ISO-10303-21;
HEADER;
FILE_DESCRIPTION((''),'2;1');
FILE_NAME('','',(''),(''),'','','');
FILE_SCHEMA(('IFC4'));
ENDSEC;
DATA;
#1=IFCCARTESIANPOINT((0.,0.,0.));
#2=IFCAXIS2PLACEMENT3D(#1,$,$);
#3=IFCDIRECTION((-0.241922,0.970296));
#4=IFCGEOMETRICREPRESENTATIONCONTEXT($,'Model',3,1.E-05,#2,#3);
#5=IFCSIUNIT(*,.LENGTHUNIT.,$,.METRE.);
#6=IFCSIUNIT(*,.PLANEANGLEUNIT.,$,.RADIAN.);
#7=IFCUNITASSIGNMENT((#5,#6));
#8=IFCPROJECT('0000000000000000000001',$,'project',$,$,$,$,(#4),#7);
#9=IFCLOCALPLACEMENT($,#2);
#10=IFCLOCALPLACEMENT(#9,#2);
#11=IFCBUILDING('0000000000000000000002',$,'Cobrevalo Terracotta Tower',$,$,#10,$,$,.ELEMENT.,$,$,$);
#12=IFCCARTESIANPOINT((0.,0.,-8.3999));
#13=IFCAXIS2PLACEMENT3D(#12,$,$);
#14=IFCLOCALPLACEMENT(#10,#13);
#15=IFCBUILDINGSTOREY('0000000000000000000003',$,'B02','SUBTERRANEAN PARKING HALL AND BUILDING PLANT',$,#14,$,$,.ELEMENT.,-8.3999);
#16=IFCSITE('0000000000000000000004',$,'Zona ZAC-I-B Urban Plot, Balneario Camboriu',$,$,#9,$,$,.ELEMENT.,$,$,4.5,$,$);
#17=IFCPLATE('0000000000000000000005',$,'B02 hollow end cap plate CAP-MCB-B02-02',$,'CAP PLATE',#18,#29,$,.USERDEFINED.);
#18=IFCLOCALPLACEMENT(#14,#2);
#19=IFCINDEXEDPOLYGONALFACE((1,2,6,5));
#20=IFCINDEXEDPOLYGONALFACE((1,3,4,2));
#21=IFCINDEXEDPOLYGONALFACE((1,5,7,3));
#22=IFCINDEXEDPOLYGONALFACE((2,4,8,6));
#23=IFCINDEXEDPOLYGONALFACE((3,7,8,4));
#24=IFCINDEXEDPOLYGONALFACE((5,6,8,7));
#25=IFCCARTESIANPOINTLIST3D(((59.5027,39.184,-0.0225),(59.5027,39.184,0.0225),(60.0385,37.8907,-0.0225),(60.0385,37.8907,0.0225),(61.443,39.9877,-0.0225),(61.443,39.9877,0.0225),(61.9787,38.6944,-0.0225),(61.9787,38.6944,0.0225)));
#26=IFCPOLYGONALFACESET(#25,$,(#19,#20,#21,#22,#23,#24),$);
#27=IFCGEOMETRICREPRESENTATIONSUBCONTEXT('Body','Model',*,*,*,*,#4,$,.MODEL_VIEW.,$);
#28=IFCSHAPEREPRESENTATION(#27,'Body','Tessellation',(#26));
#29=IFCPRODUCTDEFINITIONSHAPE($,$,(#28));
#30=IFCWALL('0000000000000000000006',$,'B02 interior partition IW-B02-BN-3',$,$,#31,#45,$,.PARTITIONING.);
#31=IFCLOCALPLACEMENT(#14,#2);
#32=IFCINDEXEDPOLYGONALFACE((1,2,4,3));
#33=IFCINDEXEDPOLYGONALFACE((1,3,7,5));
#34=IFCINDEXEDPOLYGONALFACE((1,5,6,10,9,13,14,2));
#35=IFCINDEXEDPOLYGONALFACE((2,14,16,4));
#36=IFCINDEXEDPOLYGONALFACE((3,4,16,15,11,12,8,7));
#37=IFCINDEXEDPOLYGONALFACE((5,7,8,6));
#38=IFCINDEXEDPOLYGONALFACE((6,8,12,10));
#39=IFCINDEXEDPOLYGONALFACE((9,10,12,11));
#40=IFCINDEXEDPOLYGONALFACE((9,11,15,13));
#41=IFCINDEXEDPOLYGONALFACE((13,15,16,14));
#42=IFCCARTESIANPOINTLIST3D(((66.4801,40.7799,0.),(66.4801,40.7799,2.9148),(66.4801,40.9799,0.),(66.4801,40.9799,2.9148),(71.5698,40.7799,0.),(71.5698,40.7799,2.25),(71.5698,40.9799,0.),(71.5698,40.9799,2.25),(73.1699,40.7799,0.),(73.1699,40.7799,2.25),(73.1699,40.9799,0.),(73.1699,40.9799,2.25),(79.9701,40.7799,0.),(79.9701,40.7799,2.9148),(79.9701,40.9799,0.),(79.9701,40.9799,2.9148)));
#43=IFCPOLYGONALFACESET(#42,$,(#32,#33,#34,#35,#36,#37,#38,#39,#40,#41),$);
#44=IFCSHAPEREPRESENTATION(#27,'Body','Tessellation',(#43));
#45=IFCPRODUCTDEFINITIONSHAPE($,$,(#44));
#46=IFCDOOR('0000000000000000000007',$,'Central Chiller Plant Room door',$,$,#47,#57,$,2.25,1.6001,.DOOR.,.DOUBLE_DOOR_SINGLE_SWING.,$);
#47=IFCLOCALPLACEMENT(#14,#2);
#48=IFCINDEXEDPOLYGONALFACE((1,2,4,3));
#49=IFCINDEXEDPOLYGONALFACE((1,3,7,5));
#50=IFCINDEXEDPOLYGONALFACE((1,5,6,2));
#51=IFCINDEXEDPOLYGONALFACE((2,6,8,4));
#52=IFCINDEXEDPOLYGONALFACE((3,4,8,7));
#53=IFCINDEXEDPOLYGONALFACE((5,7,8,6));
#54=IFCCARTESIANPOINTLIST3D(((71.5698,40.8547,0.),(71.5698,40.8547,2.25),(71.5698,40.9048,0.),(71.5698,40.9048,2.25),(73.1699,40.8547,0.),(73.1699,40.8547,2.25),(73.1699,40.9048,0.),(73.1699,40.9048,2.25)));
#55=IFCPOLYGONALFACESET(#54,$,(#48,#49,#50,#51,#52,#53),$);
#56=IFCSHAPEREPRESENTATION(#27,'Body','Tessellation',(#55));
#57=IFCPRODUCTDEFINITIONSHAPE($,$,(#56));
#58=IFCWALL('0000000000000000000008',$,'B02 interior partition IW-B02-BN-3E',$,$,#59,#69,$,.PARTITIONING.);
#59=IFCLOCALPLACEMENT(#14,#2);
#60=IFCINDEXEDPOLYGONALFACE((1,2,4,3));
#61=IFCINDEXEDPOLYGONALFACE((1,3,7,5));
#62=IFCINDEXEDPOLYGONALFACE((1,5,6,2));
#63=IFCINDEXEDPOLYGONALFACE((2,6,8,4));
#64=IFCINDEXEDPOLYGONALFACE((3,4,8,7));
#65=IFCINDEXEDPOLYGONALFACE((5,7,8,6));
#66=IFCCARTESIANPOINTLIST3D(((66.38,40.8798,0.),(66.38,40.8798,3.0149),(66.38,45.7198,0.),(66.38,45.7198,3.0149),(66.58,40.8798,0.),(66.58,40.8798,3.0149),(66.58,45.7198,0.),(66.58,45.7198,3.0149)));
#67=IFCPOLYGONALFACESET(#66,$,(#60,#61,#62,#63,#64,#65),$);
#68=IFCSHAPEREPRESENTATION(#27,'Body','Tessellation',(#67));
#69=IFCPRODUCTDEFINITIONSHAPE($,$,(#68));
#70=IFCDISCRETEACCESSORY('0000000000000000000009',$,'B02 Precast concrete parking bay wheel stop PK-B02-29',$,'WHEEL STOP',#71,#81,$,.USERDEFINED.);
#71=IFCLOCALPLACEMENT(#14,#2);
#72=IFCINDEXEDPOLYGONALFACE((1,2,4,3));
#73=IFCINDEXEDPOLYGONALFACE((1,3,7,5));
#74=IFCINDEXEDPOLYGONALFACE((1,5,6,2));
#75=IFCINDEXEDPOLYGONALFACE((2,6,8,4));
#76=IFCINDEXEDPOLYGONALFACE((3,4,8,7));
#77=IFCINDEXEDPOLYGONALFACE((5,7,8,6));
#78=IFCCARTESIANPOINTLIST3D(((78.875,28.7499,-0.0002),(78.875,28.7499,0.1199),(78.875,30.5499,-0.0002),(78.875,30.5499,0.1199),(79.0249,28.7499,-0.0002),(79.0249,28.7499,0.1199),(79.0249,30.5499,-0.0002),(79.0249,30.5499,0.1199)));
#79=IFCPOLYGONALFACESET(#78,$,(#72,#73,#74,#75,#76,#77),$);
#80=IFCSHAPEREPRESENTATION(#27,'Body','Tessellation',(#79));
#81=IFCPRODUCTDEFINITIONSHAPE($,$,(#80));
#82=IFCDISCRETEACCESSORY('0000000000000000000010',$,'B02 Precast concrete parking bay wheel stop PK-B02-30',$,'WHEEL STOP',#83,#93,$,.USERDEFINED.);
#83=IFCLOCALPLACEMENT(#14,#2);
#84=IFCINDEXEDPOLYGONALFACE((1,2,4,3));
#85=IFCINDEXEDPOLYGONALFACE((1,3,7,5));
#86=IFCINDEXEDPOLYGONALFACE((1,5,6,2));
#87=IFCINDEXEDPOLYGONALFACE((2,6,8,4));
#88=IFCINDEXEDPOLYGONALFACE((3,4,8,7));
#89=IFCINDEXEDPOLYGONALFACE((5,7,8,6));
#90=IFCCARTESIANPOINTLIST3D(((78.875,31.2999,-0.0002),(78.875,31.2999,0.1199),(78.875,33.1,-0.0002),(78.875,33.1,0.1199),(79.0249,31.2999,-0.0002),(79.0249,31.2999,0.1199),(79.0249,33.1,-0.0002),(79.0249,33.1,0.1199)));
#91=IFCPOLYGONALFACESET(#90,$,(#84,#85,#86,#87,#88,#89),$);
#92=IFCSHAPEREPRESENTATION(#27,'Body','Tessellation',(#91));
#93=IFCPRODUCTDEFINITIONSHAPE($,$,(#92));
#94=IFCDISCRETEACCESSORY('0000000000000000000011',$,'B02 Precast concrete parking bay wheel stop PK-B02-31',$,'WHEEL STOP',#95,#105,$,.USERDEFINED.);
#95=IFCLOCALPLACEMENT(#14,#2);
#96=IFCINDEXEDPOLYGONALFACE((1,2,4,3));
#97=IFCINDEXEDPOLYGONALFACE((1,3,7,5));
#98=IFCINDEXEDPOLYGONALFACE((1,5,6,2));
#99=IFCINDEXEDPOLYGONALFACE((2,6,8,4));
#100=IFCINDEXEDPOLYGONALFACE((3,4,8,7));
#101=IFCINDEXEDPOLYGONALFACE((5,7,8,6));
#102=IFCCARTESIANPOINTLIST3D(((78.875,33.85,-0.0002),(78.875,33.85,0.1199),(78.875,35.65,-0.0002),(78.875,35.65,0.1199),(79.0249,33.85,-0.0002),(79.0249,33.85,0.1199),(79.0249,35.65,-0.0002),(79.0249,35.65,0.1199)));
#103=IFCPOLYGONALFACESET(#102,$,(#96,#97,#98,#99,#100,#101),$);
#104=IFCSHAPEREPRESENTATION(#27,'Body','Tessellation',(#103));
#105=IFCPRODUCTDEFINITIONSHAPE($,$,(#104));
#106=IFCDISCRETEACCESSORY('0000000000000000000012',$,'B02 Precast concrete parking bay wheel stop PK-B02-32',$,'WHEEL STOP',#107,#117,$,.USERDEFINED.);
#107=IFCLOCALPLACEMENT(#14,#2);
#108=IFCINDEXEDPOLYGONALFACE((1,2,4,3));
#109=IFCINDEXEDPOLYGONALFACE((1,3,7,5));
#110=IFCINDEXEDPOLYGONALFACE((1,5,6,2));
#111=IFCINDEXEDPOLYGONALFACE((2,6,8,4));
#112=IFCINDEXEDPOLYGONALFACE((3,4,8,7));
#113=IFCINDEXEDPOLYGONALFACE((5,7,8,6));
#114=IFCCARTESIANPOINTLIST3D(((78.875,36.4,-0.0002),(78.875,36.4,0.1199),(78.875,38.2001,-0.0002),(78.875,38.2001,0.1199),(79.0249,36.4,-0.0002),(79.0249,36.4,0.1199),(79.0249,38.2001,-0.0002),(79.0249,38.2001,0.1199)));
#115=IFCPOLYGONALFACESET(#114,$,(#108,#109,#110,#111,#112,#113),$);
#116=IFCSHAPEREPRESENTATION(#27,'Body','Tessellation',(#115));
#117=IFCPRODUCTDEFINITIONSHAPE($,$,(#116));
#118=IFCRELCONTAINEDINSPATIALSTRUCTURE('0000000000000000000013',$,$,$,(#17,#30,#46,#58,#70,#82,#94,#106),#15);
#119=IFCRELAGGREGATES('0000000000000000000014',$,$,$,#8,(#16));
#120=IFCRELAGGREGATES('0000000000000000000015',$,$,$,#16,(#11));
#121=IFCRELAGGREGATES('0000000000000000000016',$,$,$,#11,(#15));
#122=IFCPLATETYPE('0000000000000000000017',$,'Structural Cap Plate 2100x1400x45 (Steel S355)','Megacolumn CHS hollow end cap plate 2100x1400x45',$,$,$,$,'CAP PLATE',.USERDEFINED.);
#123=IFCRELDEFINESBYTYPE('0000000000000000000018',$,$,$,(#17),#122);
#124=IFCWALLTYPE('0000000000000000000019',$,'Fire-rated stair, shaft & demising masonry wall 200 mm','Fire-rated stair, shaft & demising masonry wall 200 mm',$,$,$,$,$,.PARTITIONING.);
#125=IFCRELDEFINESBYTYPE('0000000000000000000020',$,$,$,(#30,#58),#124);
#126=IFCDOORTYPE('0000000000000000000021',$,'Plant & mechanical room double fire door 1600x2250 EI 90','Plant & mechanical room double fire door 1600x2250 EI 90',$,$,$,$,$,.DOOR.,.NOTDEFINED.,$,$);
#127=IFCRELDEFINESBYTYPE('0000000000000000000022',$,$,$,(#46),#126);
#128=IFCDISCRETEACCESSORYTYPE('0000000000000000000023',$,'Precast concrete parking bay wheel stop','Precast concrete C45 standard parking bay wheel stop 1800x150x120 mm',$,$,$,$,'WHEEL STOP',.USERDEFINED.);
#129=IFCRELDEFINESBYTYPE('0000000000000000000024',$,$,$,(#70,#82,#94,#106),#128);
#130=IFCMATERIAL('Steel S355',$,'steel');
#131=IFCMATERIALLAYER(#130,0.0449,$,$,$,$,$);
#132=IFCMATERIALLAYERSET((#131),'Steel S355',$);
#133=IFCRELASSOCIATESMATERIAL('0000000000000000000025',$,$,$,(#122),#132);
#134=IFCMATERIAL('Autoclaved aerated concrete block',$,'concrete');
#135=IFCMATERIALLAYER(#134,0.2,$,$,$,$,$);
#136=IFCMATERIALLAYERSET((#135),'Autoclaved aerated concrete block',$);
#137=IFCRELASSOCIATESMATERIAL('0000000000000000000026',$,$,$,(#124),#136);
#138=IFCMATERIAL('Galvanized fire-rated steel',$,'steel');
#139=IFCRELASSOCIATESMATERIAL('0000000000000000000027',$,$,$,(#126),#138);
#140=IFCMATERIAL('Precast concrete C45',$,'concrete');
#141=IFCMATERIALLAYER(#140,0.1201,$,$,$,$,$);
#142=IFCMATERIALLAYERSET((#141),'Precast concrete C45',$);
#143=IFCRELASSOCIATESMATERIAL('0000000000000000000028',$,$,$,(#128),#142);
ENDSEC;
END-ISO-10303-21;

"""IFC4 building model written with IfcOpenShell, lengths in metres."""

from ifc_helpers import new_model, si_unit, direction, frame, frame_2d, origin, origin_2d, place, context, subcontext, project, spatial, rectangle, extrude, source, transform, mapped, material, layer, layer_set, type_object, element, fill, save


model = new_model("IFC4")

# Units and contexts
model_context = context("Model", 3, precision=1e-05, world=origin(), true_north=direction((-0.241922, 0.970296)))
body_context = subcontext(model_context, "Body", "Model", "MODEL_VIEW")
ifc_project = project(units=[si_unit("LENGTHUNIT", "METRE"), si_unit("PLANEANGLEUNIT", "RADIAN")], contexts=[model_context])

# Site, building, storey
site_placement = place(None, origin())
site = spatial("IfcSite", under=ifc_project, at=site_placement, Name="Zona ZAC-I-B Urban Plot, Balneario Camboriu", CompositionType="ELEMENT", RefElevation=4.5)
building_placement = place(site_placement, origin())
building = spatial("IfcBuilding", under=site, at=building_placement, Name="Cobrevalo Terracotta Tower", CompositionType="ELEMENT")
storey_placement = place(building_placement, frame((0.0, 0.0, -8.3999)))
storey = spatial("IfcBuildingStorey", under=building, at=storey_placement, Name="B02", Description="SUBTERRANEAN PARKING HALL AND BUILDING PLANT", CompositionType="ELEMENT", Elevation=-8.3999)

# Shared definitions
ifc_material_1 = material(Name="Steel S355", Category="steel")

# Plate
ifc_layer_1 = layer(ifc_material_1, 0.0449)
ifc_layer_set_1 = layer_set([ifc_layer_1], Name="Steel S355")
plate_type = type_object("IfcPlateType", Name="Structural Cap Plate 2100x1400x45 (Steel S355)", Description="Megacolumn CHS hollow end cap plate 2100x1400x45", ElementType="CAP PLATE", PredefinedType="USERDEFINED", material=ifc_layer_set_1)
shared_shape_1 = source(origin(), body_context, "Body", "SweptSolid", [
    extrude(rectangle(XDim=2.1001, YDim=1.3999, at=origin_2d()), origin(), (0.0, 0.0, 1.0), 0.0449),
])
for number, where, z_axis, x_axis, name in (
    (1, (60.7407, 38.9392, -0.0225), (0.0, 0.0, 1.0), (0.92388, 0.382683, 0.0), "B02 hollow end cap plate CAP-MCB-B02-02"),
):
    element("IfcPlate", number, at=place(storey_placement, frame(where, z_axis=z_axis, x_axis=x_axis)), inside=storey, type_object=plate_type, Name=name, ObjectType="CAP PLATE", PredefinedType="USERDEFINED", context=body_context, shape_type="MappedRepresentation", body=[
        mapped(shared_shape_1, transform((0.0, 0.0, 0.0), scale=1.0)),
    ])

# Wall, opening, door
ifc_material_2 = material(Name="Autoclaved aerated concrete block", Category="concrete")
ifc_layer_2 = layer(ifc_material_2, 0.2)
ifc_layer_set_2 = layer_set([ifc_layer_2], Name="Autoclaved aerated concrete block")
wall_type = type_object("IfcWallType", Name="Fire-rated stair, shaft & demising masonry wall 200 mm", Description="Fire-rated stair, shaft & demising masonry wall 200 mm", PredefinedType="PARTITIONING", material=ifc_layer_set_2)
wall_1_placement = place(storey_placement, frame((66.48, 40.8799, 0.0), z_axis=(0.0, 0.0, 1.0), x_axis=(1.0, 0.0, 0.0)))
wall_1 = element("IfcWall", 2, at=wall_1_placement, inside=storey, type_object=wall_type, Name="B02 interior partition IW-B02-BN-3", PredefinedType="PARTITIONING", context=body_context, shape_type="SweptSolid", body=[
    extrude(rectangle(XDim=13.49, YDim=0.2, at=frame_2d((6.7451, 0.0))), origin(), (0.0, 0.0, 1.0), 2.9148),
])
opening_placement = place(wall_1_placement, frame((5.0898, 0.0, 0.0)))
opening = element("IfcOpeningElement", 3, at=opening_placement, cuts=wall_1, PredefinedType="OPENING", context=body_context, shape_type="SweptSolid", body=[
    extrude(rectangle(XDim=1.6001, YDim=2.25, at=frame_2d((0.8, 1.125))), frame((0.0, 0.1099, 0.0), z_axis=(0.0, -1.0, 0.0), x_axis=(1.0, 0.0, 0.0)), (0.0, 0.0, 1.0), 0.22),
])
ifc_material_3 = material(Name="Galvanized fire-rated steel", Category="steel")
door_type = type_object("IfcDoorType", Name="Plant & mechanical room double fire door 1600x2250 EI 90", Description="Plant & mechanical room double fire door 1600x2250 EI 90", OperationType="NOTDEFINED", PredefinedType="DOOR", material=ifc_material_3)
shared_shape_2 = source(origin(), body_context, "Body", "SweptSolid", [
    extrude(rectangle(XDim=1.6001, YDim=2.25, at=frame_2d((0.8, 1.125))), frame((0.0, 0.0249, 0.0), z_axis=(0.0, -1.0, 0.0), x_axis=(1.0, 0.0, 0.0)), (0.0, 0.0, 1.0), 0.05),
])
door_placement = place(opening_placement, origin())
door = element("IfcDoor", 4, at=door_placement, inside=storey, type_object=door_type, Name="Central Chiller Plant Room door", OperationType="DOUBLE_DOOR_SINGLE_SWING", OverallHeight=2.25, OverallWidth=1.6001, PredefinedType="DOOR", context=body_context, shape_type="MappedRepresentation", body=[
    mapped(shared_shape_2, transform((0.0, 0.0, 0.0), scale=1.0)),
])
fill(opening, door)

# Wall
wall_2_placement = place(storey_placement, frame((66.48, 40.8799, 0.0), z_axis=(0.0, 0.0, 1.0), x_axis=(0.0, 1.0, 0.0)))
element("IfcWall", 5, at=wall_2_placement, inside=storey, type_object=wall_type, Name="B02 interior partition IW-B02-BN-3E", PredefinedType="PARTITIONING", context=body_context, shape_type="SweptSolid", body=[
    extrude(rectangle(XDim=4.8401, YDim=0.2, at=frame_2d((2.4199, 0.0))), origin(), (0.0, 0.0, 1.0), 3.0149),
])

# Discrete accessories
ifc_material_4 = material(Name="Precast concrete C45", Category="concrete")
ifc_layer_3 = layer(ifc_material_4, 0.1201)
ifc_layer_set_3 = layer_set([ifc_layer_3], Name="Precast concrete C45")
discrete_accessory_type = type_object("IfcDiscreteAccessoryType", Name="Precast concrete parking bay wheel stop", Description="Precast concrete C45 standard parking bay wheel stop 1800x150x120 mm", ElementType="WHEEL STOP", PredefinedType="USERDEFINED", material=ifc_layer_set_3)
shared_shape_3 = source(origin(), body_context, "Body", "SweptSolid", [
    extrude(rectangle(XDim=1.8, YDim=0.1499, at=origin_2d()), origin(), (0.0, 0.0, 1.0), 0.1201),
])
for number, where, z_axis, x_axis, name in (
    (6, (78.95, 29.6499, -0.0002), (0.0, 0.0, 1.0), (0.0, 1.0, 0.0), "B02 Precast concrete parking bay wheel stop PK-B02-29"),
    (7, (78.95, 32.2, -0.0002), (0.0, 0.0, 1.0), (0.0, 1.0, 0.0), "B02 Precast concrete parking bay wheel stop PK-B02-30"),
    (8, (78.95, 34.75, -0.0002), (0.0, 0.0, 1.0), (0.0, 1.0, 0.0), "B02 Precast concrete parking bay wheel stop PK-B02-31"),
    (9, (78.95, 37.3, -0.0002), (0.0, 0.0, 1.0), (0.0, 1.0, 0.0), "B02 Precast concrete parking bay wheel stop PK-B02-32"),
):
    element("IfcDiscreteAccessory", number, at=place(storey_placement, frame(where, z_axis=z_axis, x_axis=x_axis)), inside=storey, type_object=discrete_accessory_type, Name=name, ObjectType="WHEEL STOP", PredefinedType="USERDEFINED", context=body_context, shape_type="MappedRepresentation", body=[
        mapped(shared_shape_3, transform((0.0, 0.0, 0.0), scale=1.0)),
    ])

save(model, "model.ifc")
